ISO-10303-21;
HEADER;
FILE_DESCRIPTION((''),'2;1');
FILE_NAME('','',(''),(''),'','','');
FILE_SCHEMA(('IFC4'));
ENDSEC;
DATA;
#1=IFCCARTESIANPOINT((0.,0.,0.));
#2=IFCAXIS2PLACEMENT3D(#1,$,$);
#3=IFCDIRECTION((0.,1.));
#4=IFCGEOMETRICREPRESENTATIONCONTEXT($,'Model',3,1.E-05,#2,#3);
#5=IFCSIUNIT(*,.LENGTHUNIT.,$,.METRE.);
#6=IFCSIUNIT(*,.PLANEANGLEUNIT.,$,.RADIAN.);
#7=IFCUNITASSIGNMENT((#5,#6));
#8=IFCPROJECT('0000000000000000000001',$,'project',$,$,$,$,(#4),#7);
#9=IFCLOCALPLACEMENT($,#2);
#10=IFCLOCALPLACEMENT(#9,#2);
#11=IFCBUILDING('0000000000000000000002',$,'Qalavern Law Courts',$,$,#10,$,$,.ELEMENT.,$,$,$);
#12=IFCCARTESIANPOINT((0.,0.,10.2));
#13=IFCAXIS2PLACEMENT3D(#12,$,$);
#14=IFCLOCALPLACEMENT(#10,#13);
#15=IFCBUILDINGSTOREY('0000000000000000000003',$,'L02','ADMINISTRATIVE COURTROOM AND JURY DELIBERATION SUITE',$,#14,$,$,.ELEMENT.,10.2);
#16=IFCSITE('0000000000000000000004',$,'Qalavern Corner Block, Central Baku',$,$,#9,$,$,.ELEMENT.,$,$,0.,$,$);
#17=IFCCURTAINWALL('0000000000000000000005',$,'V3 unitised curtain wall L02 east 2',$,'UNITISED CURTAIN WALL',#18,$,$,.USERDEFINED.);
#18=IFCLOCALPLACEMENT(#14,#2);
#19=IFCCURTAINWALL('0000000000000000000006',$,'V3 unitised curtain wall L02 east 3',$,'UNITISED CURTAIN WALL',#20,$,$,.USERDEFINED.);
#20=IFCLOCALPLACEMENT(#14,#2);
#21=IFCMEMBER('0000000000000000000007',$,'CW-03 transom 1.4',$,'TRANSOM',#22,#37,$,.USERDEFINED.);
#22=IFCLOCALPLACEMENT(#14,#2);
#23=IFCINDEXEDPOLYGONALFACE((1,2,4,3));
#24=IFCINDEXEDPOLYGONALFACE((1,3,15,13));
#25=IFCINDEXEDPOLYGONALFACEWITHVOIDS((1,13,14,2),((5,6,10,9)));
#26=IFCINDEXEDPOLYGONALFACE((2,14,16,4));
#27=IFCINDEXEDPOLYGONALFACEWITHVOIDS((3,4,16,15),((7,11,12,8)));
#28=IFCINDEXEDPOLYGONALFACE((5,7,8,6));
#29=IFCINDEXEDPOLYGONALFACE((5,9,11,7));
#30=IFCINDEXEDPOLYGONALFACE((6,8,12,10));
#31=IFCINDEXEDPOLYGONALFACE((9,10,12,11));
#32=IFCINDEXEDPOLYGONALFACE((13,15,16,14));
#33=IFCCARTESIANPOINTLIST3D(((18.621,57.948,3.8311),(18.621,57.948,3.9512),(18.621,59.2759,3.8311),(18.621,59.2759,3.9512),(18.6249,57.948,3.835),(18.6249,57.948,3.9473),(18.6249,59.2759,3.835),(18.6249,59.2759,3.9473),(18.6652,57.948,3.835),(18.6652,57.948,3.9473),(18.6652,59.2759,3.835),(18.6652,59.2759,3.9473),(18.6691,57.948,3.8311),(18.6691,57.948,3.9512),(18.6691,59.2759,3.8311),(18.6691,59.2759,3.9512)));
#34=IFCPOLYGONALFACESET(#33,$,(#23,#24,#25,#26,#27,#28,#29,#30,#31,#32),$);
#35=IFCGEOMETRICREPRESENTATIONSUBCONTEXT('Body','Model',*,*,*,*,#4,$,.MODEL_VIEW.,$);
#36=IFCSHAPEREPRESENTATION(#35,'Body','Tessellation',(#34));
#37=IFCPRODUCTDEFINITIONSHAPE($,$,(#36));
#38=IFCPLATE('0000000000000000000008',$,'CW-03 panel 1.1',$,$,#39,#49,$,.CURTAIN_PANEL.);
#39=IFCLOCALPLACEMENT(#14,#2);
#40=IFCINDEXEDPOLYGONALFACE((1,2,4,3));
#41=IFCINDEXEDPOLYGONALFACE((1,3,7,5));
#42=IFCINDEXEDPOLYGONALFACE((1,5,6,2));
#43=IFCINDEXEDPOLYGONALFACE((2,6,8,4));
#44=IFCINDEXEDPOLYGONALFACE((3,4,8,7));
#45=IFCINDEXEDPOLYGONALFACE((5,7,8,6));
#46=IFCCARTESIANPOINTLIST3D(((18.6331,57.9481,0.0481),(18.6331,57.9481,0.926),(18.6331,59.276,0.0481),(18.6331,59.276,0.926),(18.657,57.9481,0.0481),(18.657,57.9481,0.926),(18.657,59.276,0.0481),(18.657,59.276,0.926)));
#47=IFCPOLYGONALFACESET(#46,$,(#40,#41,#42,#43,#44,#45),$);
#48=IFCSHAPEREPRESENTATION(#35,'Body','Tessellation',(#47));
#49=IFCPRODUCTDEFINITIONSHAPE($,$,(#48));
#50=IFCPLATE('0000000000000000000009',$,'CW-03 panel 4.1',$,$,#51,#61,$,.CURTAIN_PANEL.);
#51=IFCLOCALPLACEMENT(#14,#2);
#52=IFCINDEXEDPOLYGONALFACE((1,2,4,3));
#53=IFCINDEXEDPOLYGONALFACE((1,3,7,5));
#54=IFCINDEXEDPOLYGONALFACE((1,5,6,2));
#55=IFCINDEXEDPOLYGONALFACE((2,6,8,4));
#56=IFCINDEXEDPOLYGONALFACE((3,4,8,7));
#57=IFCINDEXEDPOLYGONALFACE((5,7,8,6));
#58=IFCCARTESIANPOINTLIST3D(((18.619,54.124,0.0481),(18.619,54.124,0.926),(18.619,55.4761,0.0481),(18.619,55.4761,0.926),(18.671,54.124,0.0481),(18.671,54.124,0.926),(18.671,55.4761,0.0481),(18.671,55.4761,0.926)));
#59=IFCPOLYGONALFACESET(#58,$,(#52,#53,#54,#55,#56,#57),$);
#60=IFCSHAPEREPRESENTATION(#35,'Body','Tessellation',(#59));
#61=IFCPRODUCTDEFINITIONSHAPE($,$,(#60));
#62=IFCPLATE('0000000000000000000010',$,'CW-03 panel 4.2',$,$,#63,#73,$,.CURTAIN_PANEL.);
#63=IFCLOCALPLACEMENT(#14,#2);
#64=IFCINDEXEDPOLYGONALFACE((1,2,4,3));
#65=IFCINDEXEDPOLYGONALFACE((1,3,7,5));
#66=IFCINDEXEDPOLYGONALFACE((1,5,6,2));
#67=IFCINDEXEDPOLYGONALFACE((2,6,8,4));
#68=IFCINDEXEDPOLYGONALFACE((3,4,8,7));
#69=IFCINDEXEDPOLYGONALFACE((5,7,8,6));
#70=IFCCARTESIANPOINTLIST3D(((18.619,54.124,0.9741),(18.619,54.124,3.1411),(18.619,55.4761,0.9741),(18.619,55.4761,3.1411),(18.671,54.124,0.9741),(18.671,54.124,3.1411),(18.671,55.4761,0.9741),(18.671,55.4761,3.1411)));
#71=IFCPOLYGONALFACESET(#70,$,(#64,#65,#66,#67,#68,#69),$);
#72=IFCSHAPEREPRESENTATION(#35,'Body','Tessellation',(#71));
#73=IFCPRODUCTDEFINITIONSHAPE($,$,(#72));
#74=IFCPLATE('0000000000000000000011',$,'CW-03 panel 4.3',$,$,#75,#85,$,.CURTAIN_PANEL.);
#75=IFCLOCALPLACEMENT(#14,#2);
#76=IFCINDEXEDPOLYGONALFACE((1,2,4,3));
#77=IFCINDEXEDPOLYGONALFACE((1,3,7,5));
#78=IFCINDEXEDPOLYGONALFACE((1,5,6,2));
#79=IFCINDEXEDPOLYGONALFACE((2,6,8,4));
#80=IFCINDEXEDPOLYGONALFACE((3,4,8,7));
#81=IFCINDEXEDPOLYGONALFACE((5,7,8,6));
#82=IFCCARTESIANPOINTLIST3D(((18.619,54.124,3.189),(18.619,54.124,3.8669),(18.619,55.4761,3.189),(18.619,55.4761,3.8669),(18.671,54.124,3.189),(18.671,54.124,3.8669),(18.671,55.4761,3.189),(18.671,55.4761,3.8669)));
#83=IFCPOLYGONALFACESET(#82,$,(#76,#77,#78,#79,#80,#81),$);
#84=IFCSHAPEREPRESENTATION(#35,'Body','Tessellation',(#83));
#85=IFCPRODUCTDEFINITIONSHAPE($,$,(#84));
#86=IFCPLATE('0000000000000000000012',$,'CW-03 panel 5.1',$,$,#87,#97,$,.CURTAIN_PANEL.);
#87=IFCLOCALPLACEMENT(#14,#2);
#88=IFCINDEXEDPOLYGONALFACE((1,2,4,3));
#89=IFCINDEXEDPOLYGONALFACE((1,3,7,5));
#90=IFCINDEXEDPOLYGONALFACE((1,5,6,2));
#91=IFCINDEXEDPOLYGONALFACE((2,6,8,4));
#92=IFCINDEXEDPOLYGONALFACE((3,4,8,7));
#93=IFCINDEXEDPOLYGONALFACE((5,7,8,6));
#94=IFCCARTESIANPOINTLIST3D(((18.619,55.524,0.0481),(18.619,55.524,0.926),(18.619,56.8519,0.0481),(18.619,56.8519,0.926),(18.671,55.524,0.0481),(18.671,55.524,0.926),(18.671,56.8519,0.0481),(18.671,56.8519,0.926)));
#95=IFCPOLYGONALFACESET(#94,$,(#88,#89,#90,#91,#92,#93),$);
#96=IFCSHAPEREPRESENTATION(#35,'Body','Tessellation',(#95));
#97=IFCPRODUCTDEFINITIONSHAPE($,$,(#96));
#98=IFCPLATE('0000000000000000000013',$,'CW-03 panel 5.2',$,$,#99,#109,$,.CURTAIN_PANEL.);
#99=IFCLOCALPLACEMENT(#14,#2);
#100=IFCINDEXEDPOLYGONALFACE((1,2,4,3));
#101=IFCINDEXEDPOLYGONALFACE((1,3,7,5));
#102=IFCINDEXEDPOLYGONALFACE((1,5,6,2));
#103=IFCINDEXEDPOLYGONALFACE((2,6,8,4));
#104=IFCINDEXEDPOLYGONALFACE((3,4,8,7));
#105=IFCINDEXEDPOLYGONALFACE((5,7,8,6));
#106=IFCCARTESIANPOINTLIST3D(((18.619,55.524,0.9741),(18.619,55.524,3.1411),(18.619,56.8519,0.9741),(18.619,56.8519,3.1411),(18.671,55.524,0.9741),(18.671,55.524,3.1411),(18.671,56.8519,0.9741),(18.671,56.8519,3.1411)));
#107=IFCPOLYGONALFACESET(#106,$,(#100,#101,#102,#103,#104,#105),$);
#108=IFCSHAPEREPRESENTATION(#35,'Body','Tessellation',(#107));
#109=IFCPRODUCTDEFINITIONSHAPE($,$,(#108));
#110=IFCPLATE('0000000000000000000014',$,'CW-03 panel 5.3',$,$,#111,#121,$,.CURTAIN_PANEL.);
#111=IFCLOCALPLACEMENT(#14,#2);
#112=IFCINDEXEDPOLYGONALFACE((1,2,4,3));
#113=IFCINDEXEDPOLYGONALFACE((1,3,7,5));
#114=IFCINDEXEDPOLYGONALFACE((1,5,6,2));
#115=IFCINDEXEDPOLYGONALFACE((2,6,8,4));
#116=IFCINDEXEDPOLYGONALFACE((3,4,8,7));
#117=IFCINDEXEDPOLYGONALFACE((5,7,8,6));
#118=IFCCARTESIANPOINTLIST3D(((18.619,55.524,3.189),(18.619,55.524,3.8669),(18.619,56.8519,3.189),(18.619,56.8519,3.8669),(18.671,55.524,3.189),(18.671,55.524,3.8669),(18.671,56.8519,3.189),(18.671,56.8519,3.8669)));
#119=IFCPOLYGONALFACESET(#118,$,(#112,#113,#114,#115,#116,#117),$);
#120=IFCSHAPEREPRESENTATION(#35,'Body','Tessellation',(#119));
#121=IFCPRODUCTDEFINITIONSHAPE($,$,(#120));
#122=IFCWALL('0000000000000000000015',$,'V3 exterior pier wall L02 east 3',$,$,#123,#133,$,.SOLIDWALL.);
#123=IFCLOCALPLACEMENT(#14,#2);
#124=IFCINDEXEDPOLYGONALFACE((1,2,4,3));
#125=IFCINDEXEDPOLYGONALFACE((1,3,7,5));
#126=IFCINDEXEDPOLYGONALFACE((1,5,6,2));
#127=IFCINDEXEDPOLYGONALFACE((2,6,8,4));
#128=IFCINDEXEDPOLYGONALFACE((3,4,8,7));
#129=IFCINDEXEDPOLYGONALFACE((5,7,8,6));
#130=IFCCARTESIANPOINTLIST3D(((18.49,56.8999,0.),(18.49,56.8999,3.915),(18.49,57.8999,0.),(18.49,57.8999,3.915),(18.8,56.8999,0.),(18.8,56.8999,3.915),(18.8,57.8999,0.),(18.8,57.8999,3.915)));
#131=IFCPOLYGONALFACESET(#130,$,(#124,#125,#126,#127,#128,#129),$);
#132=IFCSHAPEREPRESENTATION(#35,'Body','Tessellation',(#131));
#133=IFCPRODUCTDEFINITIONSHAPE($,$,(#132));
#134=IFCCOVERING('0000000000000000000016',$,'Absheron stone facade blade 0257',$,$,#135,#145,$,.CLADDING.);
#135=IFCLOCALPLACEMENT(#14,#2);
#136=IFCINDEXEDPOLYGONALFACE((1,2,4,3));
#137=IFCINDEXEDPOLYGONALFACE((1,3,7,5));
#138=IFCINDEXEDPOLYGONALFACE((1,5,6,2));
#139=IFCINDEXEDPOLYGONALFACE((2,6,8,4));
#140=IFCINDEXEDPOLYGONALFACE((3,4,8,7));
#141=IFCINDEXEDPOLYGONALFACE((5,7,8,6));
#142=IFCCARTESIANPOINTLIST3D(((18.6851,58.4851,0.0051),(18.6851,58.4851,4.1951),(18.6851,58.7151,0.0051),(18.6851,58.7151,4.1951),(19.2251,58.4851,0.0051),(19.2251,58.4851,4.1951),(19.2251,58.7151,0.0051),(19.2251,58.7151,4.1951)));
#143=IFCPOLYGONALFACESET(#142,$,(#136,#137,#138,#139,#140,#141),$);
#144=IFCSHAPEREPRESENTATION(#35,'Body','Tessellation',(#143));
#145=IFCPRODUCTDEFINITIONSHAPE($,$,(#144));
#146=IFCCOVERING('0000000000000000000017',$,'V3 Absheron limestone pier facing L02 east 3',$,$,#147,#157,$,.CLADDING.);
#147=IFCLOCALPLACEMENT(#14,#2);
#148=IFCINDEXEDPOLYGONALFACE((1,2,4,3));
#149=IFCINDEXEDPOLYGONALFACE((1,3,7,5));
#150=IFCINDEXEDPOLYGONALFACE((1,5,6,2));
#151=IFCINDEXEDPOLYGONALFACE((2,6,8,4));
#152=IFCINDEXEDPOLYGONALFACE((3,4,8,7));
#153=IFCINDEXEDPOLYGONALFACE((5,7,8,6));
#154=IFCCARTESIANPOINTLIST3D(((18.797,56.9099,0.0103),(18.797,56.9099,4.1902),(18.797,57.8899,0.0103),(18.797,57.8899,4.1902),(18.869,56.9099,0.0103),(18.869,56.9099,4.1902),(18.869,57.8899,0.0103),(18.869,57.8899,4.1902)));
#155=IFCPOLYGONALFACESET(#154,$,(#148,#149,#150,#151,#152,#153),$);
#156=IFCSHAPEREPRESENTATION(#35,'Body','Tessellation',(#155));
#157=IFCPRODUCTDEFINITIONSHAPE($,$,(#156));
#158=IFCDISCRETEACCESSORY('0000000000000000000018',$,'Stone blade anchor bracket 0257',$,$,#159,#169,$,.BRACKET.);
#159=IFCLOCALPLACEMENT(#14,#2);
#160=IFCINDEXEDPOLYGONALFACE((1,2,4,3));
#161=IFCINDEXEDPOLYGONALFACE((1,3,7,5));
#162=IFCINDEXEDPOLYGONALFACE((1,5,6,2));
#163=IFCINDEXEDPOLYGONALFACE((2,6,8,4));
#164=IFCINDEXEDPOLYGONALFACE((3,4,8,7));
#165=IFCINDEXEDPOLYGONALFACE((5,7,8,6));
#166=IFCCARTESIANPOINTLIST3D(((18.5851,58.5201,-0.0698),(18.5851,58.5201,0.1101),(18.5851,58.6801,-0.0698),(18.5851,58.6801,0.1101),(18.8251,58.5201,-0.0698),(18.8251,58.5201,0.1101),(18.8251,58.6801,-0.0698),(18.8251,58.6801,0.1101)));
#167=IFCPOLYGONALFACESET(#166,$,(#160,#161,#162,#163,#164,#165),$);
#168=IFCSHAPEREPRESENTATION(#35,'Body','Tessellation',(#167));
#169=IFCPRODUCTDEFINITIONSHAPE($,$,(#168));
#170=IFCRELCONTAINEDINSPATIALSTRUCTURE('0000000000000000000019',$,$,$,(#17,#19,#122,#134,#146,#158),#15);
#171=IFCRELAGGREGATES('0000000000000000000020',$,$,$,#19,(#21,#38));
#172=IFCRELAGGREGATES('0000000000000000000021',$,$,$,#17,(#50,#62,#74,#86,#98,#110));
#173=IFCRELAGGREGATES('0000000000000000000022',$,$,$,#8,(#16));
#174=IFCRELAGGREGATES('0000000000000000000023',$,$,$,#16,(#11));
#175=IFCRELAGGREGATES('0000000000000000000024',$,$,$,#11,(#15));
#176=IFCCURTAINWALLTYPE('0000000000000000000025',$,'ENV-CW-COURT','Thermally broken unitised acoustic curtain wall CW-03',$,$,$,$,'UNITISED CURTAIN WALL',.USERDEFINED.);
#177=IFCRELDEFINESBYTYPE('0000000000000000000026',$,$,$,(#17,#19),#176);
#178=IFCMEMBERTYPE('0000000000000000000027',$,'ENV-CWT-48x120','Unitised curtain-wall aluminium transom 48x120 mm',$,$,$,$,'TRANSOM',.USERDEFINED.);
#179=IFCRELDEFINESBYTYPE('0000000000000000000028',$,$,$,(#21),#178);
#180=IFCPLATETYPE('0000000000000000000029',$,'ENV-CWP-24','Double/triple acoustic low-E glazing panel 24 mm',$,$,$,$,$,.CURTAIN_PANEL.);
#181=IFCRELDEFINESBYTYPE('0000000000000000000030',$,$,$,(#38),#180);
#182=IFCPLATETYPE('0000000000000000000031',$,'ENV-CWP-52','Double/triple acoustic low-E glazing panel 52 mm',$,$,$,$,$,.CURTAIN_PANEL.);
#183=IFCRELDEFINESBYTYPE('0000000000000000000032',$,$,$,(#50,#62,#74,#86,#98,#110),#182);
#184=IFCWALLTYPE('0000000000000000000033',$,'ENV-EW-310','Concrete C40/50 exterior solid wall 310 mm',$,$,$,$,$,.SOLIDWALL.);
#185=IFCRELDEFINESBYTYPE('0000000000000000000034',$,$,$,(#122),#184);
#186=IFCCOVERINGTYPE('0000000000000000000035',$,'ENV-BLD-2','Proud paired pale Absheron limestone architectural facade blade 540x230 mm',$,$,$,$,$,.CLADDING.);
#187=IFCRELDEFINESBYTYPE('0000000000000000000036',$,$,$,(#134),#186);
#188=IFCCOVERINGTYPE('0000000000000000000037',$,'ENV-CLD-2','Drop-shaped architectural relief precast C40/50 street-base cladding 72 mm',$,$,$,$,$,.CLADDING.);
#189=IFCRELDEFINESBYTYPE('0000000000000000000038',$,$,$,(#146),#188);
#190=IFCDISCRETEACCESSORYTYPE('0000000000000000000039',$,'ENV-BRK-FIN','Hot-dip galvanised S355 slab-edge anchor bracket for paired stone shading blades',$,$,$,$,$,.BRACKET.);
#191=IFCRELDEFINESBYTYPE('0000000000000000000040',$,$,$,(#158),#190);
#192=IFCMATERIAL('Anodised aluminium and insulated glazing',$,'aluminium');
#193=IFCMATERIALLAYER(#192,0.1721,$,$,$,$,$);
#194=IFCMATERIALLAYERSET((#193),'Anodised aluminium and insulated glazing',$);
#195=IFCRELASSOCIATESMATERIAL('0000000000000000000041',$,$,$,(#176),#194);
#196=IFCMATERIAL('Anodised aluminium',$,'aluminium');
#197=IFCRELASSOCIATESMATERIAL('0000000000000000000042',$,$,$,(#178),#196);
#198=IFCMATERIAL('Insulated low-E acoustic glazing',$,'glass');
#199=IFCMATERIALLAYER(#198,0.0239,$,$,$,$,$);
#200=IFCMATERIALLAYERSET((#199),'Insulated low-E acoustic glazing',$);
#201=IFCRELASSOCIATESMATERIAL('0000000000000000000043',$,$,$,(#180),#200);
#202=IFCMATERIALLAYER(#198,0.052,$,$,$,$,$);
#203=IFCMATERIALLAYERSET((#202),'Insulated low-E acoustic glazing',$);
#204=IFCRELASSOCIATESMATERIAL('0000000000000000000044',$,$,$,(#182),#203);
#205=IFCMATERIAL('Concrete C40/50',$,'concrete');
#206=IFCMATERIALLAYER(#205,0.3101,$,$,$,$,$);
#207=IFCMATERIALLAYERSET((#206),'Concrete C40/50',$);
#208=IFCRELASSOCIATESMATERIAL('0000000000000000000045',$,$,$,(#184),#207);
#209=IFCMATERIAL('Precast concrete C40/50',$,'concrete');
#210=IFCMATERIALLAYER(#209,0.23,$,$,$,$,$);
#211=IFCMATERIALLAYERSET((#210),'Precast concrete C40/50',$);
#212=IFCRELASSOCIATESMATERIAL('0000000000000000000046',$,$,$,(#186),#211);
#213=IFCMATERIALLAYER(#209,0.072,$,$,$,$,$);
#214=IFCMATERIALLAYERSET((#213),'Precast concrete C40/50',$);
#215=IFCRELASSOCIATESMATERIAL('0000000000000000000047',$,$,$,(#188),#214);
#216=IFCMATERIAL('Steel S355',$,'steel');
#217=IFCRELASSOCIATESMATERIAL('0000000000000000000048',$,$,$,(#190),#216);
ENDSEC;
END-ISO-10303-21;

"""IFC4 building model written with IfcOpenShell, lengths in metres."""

from ifc_helpers import new_model, si_unit, direction, frame, frame_2d, origin, origin_2d, place, context, subcontext, project, spatial, rectangle, hollow_rectangle, extrude, material, layer, layer_set, material_profile, profile_set, type_object, element, aggregate, save


model = new_model("IFC4")

# Units and contexts
model_context = context("Model", 3, precision=1e-05, world=origin(), true_north=direction((0.0, 1.0)))
body_context = subcontext(model_context, "Body", "Model", "MODEL_VIEW")
ifc_project = project(units=[si_unit("LENGTHUNIT", "METRE"), si_unit("PLANEANGLEUNIT", "RADIAN")], contexts=[model_context])

# Site, building, storey
site_placement = place(None, origin())
site = spatial("IfcSite", under=ifc_project, at=site_placement, Name="Qalavern Corner Block, Central Baku", CompositionType="ELEMENT", RefElevation=0.0)
building_placement = place(site_placement, origin())
building = spatial("IfcBuilding", under=site, at=building_placement, Name="Qalavern Law Courts", CompositionType="ELEMENT")
storey_placement = place(building_placement, frame((0.0, 0.0, 10.2)))
storey = spatial("IfcBuildingStorey", under=building, at=storey_placement, Name="L02", Description="ADMINISTRATIVE COURTROOM AND JURY DELIBERATION SUITE", CompositionType="ELEMENT", Elevation=10.2)

# Curtain wall
ifc_material_1 = material(Name="Anodised aluminium and insulated glazing", Category="aluminium")
ifc_layer_1 = layer(ifc_material_1, 0.1721)
ifc_layer_set_1 = layer_set([ifc_layer_1], Name="Anodised aluminium and insulated glazing")
curtain_wall_type = type_object("IfcCurtainWallType", Name="ENV-CW-COURT", Description="Thermally broken unitised acoustic curtain wall CW-03", ElementType="UNITISED CURTAIN WALL", PredefinedType="USERDEFINED", material=ifc_layer_set_1)
curtain_wall_1_placement = place(storey_placement, origin())
curtain_wall_1 = element("IfcCurtainWall", 1, at=curtain_wall_1_placement, inside=storey, type_object=curtain_wall_type, Name="V3 unitised curtain wall L02 east 2", ObjectType="UNITISED CURTAIN WALL", PredefinedType="USERDEFINED")
ifc_material_2 = material(Name="Anodised aluminium", Category="aluminium")

# Curtain wall
curtain_wall_2_placement = place(storey_placement, origin())
curtain_wall_2 = element("IfcCurtainWall", 2, at=curtain_wall_2_placement, inside=storey, type_object=curtain_wall_type, Name="V3 unitised curtain wall L02 east 3", ObjectType="UNITISED CURTAIN WALL", PredefinedType="USERDEFINED")

# Member
ifc_material_profile_1 = material_profile(ifc_material_2, hollow_rectangle(XDim=0.0481, YDim=0.1201, WallThickness=0.0039, at=origin_2d()), Name="ALU TRANSOM 48x120")
ifc_profile_set_1 = profile_set([ifc_material_profile_1], Name="Anodised aluminium")
member_type_1 = type_object("IfcMemberType", Name="ENV-CWT-48x120", Description="Unitised curtain-wall aluminium transom 48x120 mm", ElementType="TRANSOM", PredefinedType="USERDEFINED", material=ifc_profile_set_1)
member_1_placement = place(storey_placement, frame((18.645, 57.948, 3.8911), z_axis=(0.0, 1.0, 0.0), x_axis=(-1.0, 0.0, 0.0)))
member_1 = element("IfcMember", 3, at=member_1_placement, type_object=member_type_1, Name="CW-03 transom 1.4", ObjectType="TRANSOM", PredefinedType="USERDEFINED", context=body_context, shape_type="SweptSolid", body=[
    extrude(hollow_rectangle(XDim=0.0481, YDim=0.1201, WallThickness=0.0039, at=origin_2d()), origin(), (0.0, 0.0, 1.0), 1.3279),
])

# Plates
ifc_material_3 = material(Name="Insulated low-E acoustic glazing", Category="glass")
ifc_layer_2 = layer(ifc_material_3, 0.0239)
ifc_layer_set_2 = layer_set([ifc_layer_2], Name="Insulated low-E acoustic glazing")
plate_type_1 = type_object("IfcPlateType", Name="ENV-CWP-24", Description="Double/triple acoustic low-E glazing panel 24 mm", PredefinedType="CURTAIN_PANEL", material=ifc_layer_set_2)
plate_1_placement = place(storey_placement, frame((18.645, 58.6121, 0.0481), z_axis=(0.0, 0.0, 1.0), x_axis=(0.0, 1.0, 0.0)))
plate_1 = element("IfcPlate", 4, at=plate_1_placement, type_object=plate_type_1, Name="CW-03 panel 1.1", PredefinedType="CURTAIN_PANEL", context=body_context, shape_type="SweptSolid", body=[
    extrude(rectangle(XDim=1.3279, YDim=0.0239, at=origin_2d()), origin(), (0.0, 0.0, 1.0), 0.8779),
])
aggregate(curtain_wall_2, [member_1, plate_1])
ifc_layer_3 = layer(ifc_material_3, 0.052)
ifc_layer_set_3 = layer_set([ifc_layer_3], Name="Insulated low-E acoustic glazing")
plate_type_2 = type_object("IfcPlateType", Name="ENV-CWP-52", Description="Double/triple acoustic low-E glazing panel 52 mm", PredefinedType="CURTAIN_PANEL", material=ifc_layer_set_3)
plate_2_placement = place(storey_placement, frame((18.645, 54.8, 0.0481), z_axis=(0.0, 0.0, 1.0), x_axis=(0.0, 1.0, 0.0)))
plate_2 = element("IfcPlate", 5, at=plate_2_placement, type_object=plate_type_2, Name="CW-03 panel 4.1", PredefinedType="CURTAIN_PANEL", context=body_context, shape_type="SweptSolid", body=[
    extrude(rectangle(XDim=1.3521, YDim=0.052, at=origin_2d()), origin(), (0.0, 0.0, 1.0), 0.8779),
])
plate_3_placement = place(storey_placement, frame((18.645, 54.8, 0.9741), z_axis=(0.0, 0.0, 1.0), x_axis=(0.0, 1.0, 0.0)))
plate_3 = element("IfcPlate", 6, at=plate_3_placement, type_object=plate_type_2, Name="CW-03 panel 4.2", PredefinedType="CURTAIN_PANEL", context=body_context, shape_type="SweptSolid", body=[
    extrude(rectangle(XDim=1.3521, YDim=0.052, at=origin_2d()), origin(), (0.0, 0.0, 1.0), 2.167),
])
plate_4_placement = place(storey_placement, frame((18.645, 54.8, 3.189), z_axis=(0.0, 0.0, 1.0), x_axis=(0.0, 1.0, 0.0)))
plate_4 = element("IfcPlate", 7, at=plate_4_placement, type_object=plate_type_2, Name="CW-03 panel 4.3", PredefinedType="CURTAIN_PANEL", context=body_context, shape_type="SweptSolid", body=[
    extrude(rectangle(XDim=1.3521, YDim=0.052, at=origin_2d()), origin(), (0.0, 0.0, 1.0), 0.678),
])
plate_5_placement = place(storey_placement, frame((18.645, 56.188, 0.0481), z_axis=(0.0, 0.0, 1.0), x_axis=(0.0, 1.0, 0.0)))
plate_5 = element("IfcPlate", 8, at=plate_5_placement, type_object=plate_type_2, Name="CW-03 panel 5.1", PredefinedType="CURTAIN_PANEL", context=body_context, shape_type="SweptSolid", body=[
    extrude(rectangle(XDim=1.3279, YDim=0.052, at=origin_2d()), origin(), (0.0, 0.0, 1.0), 0.8779),
])
plate_6_placement = place(storey_placement, frame((18.645, 56.188, 0.9741), z_axis=(0.0, 0.0, 1.0), x_axis=(0.0, 1.0, 0.0)))
plate_6 = element("IfcPlate", 9, at=plate_6_placement, type_object=plate_type_2, Name="CW-03 panel 5.2", PredefinedType="CURTAIN_PANEL", context=body_context, shape_type="SweptSolid", body=[
    extrude(rectangle(XDim=1.3279, YDim=0.052, at=origin_2d()), origin(), (0.0, 0.0, 1.0), 2.167),
])
plate_7_placement = place(storey_placement, frame((18.645, 56.188, 3.189), z_axis=(0.0, 0.0, 1.0), x_axis=(0.0, 1.0, 0.0)))
plate_7 = element("IfcPlate", 10, at=plate_7_placement, type_object=plate_type_2, Name="CW-03 panel 5.3", PredefinedType="CURTAIN_PANEL", context=body_context, shape_type="SweptSolid", body=[
    extrude(rectangle(XDim=1.3279, YDim=0.052, at=origin_2d()), origin(), (0.0, 0.0, 1.0), 0.678),
])
aggregate(curtain_wall_1, [plate_2, plate_3, plate_4, plate_5, plate_6, plate_7])

# Wall
ifc_material_4 = material(Name="Concrete C40/50", Category="concrete")
ifc_layer_4 = layer(ifc_material_4, 0.3101)
ifc_layer_set_4 = layer_set([ifc_layer_4], Name="Concrete C40/50")
wall_type = type_object("IfcWallType", Name="ENV-EW-310", Description="Concrete C40/50 exterior solid wall 310 mm", PredefinedType="SOLIDWALL", material=ifc_layer_set_4)
wall_placement = place(storey_placement, frame((18.645, 56.8999, 0.0), z_axis=(0.0, 0.0, 1.0), x_axis=(0.0, 1.0, 0.0)))
element("IfcWall", 11, at=wall_placement, inside=storey, type_object=wall_type, Name="V3 exterior pier wall L02 east 3", PredefinedType="SOLIDWALL", context=body_context, shape_type="SweptSolid", body=[
    extrude(rectangle(XDim=1.0, YDim=0.3101, at=frame_2d((0.5, 0.0))), origin(), (0.0, 0.0, 1.0), 3.915),
])

# Coverings
ifc_material_5 = material(Name="Precast concrete C40/50", Category="concrete")
ifc_layer_5 = layer(ifc_material_5, 0.23)
ifc_layer_set_5 = layer_set([ifc_layer_5], Name="Precast concrete C40/50")
covering_type_1 = type_object("IfcCoveringType", Name="ENV-BLD-2", Description="Proud paired pale Absheron limestone architectural facade blade 540x230 mm", PredefinedType="CLADDING", material=ifc_layer_set_5)
covering_1_placement = place(storey_placement, frame((18.9551, 58.6001, 0.0051), z_axis=(0.0, 0.0, 1.0), x_axis=(1.0, 0.0, 0.0)))
element("IfcCovering", 12, at=covering_1_placement, inside=storey, type_object=covering_type_1, Name="Absheron stone facade blade 0257", PredefinedType="CLADDING", context=body_context, shape_type="SweptSolid", body=[
    extrude(rectangle(XDim=0.54, YDim=0.23, at=origin_2d()), origin(), (0.0, 0.0, 1.0), 4.1899),
])
ifc_layer_6 = layer(ifc_material_5, 0.072)
ifc_layer_set_6 = layer_set([ifc_layer_6], Name="Precast concrete C40/50")
covering_type_2 = type_object("IfcCoveringType", Name="ENV-CLD-2", Description="Drop-shaped architectural relief precast C40/50 street-base cladding 72 mm", PredefinedType="CLADDING", material=ifc_layer_set_6)
covering_2_placement = place(storey_placement, frame((18.833, 57.3999, 0.0103), z_axis=(0.0, 0.0, 1.0), x_axis=(0.0, 1.0, 0.0)))
element("IfcCovering", 13, at=covering_2_placement, inside=storey, type_object=covering_type_2, Name="V3 Absheron limestone pier facing L02 east 3", PredefinedType="CLADDING", context=body_context, shape_type="SweptSolid", body=[
    extrude(rectangle(XDim=0.98, YDim=0.072, at=origin_2d()), origin(), (0.0, 0.0, 1.0), 4.1799),
])

# Discrete accessory
ifc_material_6 = material(Name="Steel S355", Category="steel")
discrete_accessory_type = type_object("IfcDiscreteAccessoryType", Name="ENV-BRK-FIN", Description="Hot-dip galvanised S355 slab-edge anchor bracket for paired stone shading blades", PredefinedType="BRACKET", material=ifc_material_6)
discrete_accessory_placement = place(storey_placement, frame((18.7051, 58.6001, -0.0698), z_axis=(0.0, 0.0, 1.0), x_axis=(1.0, 0.0, 0.0)))
element("IfcDiscreteAccessory", 14, at=discrete_accessory_placement, inside=storey, type_object=discrete_accessory_type, Name="Stone blade anchor bracket 0257", PredefinedType="BRACKET", context=body_context, shape_type="SweptSolid", body=[
    extrude(rectangle(XDim=0.24, YDim=0.1599, at=origin_2d()), origin(), (0.0, 0.0, 1.0), 0.1799),
])

save(model, "model.ifc")
